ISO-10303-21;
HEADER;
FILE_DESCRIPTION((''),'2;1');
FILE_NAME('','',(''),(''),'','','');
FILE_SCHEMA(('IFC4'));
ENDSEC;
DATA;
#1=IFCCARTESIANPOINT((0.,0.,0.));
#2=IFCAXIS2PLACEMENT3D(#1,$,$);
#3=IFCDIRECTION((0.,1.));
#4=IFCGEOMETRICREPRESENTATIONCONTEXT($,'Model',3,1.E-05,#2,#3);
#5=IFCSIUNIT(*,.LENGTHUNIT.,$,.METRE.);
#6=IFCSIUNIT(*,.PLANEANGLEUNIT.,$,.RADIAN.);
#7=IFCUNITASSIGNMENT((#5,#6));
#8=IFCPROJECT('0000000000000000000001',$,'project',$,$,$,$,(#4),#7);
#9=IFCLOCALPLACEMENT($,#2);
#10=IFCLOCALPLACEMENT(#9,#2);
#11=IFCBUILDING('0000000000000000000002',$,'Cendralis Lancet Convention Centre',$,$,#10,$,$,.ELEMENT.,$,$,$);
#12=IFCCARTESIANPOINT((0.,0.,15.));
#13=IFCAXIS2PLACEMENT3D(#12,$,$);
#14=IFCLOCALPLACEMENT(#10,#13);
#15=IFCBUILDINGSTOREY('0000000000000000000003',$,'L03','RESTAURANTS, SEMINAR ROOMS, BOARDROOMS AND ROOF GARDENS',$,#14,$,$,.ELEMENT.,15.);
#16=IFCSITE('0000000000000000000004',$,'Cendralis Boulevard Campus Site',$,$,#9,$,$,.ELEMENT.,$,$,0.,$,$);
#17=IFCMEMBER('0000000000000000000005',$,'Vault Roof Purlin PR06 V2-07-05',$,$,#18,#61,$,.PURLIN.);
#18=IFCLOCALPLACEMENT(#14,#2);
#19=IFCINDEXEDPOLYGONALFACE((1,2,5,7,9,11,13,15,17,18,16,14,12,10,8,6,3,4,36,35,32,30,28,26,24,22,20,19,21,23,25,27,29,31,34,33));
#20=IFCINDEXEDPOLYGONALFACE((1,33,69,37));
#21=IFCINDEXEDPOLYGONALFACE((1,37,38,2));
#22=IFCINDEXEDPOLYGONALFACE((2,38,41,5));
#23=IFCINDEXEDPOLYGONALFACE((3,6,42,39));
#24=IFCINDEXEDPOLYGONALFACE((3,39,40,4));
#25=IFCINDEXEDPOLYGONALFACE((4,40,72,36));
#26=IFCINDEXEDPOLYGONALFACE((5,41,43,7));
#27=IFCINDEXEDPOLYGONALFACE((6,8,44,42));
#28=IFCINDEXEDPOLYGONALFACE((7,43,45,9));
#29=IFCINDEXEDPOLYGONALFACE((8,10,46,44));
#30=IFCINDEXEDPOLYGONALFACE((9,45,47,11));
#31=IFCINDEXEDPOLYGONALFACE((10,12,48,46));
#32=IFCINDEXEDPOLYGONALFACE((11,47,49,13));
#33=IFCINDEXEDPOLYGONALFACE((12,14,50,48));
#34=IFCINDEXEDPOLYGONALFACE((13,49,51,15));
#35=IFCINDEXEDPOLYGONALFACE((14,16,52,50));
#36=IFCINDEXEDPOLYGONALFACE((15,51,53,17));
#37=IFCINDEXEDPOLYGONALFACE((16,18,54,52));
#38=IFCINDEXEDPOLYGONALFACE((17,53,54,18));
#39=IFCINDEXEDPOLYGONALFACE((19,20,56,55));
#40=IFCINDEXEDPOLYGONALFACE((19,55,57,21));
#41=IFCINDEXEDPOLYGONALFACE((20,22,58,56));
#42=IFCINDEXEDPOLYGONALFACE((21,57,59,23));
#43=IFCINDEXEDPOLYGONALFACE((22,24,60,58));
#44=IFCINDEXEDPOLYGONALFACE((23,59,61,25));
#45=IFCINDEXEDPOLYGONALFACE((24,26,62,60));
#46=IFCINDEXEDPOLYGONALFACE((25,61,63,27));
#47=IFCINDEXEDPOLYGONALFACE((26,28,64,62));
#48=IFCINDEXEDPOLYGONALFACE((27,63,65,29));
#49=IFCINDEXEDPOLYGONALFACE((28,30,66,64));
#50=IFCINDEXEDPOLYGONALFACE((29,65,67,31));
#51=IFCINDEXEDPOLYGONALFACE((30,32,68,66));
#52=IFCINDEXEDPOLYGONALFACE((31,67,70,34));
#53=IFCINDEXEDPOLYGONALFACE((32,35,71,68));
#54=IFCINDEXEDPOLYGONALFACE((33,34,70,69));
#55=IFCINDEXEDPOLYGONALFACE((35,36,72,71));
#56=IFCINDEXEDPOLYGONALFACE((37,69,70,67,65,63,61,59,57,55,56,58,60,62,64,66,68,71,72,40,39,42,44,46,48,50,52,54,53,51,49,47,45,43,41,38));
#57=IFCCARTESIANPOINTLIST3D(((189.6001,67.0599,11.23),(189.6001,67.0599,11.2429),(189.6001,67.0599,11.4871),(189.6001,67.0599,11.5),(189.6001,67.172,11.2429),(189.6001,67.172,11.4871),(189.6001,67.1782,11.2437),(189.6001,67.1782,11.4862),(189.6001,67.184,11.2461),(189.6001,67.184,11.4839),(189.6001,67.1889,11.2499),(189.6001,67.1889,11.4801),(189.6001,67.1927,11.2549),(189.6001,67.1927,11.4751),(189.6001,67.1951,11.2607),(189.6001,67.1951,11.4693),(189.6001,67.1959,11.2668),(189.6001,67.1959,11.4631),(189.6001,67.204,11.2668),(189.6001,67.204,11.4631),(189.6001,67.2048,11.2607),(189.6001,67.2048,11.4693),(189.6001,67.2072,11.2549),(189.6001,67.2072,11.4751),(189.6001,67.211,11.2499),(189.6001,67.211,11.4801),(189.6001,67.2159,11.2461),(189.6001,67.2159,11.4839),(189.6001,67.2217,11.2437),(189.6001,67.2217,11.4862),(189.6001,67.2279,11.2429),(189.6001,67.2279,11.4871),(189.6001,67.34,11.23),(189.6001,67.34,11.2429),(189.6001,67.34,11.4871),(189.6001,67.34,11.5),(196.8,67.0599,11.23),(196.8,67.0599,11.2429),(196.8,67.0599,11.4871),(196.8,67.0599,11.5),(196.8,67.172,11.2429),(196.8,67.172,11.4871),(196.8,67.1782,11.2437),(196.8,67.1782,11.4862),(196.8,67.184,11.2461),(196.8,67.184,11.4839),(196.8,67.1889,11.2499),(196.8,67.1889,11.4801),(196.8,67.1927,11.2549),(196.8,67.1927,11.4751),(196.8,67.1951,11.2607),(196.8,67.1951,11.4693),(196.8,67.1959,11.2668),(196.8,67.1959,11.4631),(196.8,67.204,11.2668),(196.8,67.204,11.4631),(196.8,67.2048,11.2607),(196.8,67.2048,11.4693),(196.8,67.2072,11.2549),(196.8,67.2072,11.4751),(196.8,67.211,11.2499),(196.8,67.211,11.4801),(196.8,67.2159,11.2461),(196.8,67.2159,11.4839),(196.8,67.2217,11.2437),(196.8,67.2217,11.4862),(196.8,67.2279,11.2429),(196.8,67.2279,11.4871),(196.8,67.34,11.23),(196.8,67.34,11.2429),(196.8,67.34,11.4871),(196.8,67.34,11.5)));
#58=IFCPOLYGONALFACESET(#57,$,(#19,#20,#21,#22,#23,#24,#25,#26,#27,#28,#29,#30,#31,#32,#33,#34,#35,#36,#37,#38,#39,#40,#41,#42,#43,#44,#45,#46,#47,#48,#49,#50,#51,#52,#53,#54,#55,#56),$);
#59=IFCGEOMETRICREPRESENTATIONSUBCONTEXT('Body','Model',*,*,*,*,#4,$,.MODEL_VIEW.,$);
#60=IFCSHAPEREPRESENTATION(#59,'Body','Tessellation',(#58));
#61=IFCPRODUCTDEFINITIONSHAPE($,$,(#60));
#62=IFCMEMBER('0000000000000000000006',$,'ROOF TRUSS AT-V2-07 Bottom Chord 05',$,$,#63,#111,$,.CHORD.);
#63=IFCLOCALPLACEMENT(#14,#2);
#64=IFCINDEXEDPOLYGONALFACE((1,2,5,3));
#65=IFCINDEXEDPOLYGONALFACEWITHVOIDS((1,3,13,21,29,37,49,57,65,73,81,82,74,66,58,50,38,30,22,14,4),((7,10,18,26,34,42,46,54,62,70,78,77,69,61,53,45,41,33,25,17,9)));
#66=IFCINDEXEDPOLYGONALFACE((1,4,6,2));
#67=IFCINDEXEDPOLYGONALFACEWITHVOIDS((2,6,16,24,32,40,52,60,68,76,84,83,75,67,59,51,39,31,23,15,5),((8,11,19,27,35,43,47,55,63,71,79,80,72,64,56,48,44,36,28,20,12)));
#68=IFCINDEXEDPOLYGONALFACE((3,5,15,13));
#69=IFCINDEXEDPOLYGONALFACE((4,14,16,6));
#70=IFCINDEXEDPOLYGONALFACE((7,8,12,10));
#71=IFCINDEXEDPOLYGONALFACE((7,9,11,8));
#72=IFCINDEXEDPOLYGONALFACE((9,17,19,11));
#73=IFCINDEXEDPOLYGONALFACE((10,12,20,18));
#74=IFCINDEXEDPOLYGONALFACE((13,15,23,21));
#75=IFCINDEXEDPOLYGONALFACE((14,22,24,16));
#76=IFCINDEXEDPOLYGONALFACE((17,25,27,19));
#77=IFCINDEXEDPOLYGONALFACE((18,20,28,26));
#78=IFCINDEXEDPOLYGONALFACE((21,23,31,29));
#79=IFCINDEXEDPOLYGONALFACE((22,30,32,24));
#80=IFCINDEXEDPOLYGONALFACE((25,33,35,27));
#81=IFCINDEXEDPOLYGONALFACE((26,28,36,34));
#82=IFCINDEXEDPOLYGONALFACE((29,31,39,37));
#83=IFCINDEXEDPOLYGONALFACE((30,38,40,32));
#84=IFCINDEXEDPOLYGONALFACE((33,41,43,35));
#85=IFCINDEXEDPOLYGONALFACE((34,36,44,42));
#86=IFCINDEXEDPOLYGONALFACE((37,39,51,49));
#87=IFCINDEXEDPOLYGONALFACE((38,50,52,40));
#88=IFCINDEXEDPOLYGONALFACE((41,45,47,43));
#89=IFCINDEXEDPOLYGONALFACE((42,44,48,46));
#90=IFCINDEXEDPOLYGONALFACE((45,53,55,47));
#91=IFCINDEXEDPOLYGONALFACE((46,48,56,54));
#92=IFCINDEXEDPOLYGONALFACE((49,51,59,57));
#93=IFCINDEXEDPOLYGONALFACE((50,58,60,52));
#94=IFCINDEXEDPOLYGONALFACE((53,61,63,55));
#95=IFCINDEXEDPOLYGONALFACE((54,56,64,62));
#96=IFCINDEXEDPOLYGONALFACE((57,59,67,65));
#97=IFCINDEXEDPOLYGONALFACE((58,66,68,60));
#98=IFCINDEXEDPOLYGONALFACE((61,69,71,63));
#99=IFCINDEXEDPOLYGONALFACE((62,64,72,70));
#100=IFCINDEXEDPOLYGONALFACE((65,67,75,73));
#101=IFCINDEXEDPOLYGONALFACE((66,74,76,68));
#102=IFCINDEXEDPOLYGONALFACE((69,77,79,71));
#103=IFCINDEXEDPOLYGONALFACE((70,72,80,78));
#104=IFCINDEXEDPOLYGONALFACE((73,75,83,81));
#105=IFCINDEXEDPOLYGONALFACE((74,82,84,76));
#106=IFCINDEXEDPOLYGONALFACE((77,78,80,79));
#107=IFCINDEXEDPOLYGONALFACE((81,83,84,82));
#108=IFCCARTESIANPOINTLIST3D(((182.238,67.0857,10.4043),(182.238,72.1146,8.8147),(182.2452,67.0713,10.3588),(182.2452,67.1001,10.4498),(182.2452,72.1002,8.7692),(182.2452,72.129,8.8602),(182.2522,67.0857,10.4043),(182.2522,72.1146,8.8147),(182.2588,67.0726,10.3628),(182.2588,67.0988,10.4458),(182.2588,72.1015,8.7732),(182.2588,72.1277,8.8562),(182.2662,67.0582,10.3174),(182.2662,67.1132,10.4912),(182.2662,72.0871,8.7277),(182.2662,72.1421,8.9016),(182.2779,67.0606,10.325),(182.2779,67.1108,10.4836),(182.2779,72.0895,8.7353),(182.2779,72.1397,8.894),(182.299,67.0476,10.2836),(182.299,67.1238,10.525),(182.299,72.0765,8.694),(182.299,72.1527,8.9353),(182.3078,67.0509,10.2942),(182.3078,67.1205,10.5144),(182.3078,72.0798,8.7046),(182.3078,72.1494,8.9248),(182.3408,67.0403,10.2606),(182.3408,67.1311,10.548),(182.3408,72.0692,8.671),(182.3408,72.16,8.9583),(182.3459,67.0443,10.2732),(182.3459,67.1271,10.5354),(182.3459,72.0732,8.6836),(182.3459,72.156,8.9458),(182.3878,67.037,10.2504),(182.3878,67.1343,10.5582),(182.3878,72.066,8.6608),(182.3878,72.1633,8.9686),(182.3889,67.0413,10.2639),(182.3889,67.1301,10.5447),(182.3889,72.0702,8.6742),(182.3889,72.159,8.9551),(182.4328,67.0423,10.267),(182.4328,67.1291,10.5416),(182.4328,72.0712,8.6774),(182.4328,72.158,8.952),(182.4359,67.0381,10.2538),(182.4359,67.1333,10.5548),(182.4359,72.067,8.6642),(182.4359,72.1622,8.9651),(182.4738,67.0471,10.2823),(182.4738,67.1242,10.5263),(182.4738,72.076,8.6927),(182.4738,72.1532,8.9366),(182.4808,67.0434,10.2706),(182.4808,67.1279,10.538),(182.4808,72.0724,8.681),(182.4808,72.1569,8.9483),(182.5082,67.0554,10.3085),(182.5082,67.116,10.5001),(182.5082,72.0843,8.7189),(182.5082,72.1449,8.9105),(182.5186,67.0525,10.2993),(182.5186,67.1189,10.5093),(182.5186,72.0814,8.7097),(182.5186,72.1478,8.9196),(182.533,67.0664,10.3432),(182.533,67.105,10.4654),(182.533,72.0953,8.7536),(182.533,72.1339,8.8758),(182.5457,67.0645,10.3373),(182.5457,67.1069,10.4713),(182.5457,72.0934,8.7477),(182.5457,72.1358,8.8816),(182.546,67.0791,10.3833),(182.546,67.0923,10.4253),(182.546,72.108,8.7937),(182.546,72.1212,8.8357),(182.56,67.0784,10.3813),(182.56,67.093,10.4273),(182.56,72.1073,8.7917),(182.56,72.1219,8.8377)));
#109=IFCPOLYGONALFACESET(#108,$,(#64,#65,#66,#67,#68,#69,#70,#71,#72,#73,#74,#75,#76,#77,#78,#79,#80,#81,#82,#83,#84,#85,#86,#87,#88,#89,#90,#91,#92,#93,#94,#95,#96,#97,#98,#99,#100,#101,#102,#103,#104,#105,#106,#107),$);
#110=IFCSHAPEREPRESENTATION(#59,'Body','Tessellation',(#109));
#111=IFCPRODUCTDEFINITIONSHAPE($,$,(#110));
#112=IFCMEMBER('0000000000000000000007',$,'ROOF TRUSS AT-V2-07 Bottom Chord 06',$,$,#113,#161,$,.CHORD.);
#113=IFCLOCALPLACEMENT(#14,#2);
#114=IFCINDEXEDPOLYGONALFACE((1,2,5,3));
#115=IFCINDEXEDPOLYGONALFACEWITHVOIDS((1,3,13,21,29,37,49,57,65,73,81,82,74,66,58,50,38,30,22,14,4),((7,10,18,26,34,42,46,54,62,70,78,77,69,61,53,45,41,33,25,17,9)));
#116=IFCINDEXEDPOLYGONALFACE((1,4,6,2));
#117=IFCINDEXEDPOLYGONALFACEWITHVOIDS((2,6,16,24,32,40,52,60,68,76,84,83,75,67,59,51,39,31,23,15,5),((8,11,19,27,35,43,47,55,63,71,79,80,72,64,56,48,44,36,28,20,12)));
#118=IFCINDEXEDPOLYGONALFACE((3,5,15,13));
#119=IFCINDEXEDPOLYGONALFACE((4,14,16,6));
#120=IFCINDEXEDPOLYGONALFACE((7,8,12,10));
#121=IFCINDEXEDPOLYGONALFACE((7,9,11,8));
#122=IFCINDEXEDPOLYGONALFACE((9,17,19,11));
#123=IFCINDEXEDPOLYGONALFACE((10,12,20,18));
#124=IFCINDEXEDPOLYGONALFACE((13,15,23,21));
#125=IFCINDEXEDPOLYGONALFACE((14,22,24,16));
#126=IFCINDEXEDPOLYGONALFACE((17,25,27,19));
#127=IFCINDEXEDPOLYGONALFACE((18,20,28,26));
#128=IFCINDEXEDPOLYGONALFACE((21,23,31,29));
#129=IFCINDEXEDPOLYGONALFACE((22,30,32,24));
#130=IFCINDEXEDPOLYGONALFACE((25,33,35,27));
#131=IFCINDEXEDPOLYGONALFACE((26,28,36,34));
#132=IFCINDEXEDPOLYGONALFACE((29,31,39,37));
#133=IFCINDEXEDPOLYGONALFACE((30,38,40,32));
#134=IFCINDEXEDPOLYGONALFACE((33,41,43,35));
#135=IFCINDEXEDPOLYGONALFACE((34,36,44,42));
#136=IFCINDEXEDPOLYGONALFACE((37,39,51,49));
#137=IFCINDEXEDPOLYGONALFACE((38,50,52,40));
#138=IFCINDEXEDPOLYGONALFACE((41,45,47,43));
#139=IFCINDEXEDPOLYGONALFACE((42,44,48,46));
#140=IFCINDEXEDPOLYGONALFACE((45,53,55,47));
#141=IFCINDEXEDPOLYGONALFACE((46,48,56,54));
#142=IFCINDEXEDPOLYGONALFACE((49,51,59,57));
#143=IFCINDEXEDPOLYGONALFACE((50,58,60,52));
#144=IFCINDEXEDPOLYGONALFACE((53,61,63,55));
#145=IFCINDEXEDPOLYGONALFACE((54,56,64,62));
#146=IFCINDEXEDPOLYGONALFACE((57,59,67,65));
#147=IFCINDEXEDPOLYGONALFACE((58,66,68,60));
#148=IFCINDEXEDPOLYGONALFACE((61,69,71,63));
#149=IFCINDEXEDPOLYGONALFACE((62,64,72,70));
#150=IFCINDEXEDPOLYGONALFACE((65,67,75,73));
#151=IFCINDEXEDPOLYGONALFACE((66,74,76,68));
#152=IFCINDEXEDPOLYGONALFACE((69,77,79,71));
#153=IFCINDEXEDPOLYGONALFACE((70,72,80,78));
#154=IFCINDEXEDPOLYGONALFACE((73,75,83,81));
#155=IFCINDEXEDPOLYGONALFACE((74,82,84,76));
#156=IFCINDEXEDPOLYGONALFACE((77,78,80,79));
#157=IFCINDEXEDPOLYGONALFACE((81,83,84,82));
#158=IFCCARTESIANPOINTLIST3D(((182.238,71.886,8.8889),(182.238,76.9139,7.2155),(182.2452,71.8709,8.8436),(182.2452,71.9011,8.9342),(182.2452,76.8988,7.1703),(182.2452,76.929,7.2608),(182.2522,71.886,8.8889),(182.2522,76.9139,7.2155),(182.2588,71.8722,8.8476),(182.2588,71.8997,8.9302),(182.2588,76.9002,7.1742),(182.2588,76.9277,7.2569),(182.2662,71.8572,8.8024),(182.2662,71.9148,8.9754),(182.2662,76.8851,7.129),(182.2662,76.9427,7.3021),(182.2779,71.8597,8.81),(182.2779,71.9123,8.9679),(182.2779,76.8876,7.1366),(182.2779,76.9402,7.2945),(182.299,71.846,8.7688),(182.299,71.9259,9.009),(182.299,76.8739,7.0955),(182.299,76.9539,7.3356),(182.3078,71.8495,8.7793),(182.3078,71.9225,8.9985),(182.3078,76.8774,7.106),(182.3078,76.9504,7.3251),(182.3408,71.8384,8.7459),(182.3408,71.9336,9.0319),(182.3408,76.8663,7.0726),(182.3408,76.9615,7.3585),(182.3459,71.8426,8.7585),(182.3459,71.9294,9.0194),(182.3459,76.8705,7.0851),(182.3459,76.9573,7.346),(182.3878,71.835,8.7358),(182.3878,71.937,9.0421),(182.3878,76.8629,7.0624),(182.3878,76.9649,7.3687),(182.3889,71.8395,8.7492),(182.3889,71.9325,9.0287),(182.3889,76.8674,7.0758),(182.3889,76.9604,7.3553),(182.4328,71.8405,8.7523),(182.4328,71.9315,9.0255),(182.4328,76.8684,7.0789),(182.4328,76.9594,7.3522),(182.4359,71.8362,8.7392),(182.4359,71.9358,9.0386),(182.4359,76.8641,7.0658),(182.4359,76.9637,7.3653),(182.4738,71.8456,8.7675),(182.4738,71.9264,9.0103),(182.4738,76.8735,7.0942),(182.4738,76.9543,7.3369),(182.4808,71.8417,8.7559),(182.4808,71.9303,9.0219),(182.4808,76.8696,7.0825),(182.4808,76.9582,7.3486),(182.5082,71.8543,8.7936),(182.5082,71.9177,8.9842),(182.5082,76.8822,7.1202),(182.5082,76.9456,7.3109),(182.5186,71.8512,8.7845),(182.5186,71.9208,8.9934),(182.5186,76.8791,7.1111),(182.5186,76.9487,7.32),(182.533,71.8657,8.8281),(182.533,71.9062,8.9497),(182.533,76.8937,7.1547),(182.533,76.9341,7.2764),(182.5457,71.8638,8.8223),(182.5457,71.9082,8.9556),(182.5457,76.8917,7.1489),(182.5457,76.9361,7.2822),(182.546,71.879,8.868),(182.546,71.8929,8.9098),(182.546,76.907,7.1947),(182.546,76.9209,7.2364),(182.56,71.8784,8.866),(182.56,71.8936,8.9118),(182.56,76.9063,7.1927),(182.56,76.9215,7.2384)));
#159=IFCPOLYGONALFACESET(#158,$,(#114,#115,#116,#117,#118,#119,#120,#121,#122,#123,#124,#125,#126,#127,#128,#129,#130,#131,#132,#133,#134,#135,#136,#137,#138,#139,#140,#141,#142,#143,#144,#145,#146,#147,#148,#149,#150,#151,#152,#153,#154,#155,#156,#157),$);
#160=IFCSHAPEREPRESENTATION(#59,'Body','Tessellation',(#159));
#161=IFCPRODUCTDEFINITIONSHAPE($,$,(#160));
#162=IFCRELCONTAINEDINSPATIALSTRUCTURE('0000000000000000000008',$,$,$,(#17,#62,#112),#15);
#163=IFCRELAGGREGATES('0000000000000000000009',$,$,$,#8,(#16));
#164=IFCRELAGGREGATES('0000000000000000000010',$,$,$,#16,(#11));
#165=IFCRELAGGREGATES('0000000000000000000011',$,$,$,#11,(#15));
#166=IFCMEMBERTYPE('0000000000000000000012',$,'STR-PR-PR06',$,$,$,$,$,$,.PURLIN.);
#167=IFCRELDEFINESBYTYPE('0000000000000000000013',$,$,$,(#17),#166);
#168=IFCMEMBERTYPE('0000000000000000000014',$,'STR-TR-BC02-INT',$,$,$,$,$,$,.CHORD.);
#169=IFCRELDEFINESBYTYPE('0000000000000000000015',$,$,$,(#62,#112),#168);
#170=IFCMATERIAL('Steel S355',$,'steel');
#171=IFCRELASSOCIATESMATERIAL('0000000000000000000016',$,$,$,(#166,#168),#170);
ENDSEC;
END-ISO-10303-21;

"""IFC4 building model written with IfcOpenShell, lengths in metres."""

from ifc_helpers import new_model, si_unit, direction, frame, origin, origin_2d, place, context, subcontext, project, spatial, hollow_circle, i_section, extrude, material, material_profile, profile_set, type_object, element, save


model = new_model("IFC4")

# Units and contexts
model_context = context("Model", 3, precision=1e-05, world=origin(), true_north=direction((0.0, 1.0)))
body_context = subcontext(model_context, "Body", "Model", "MODEL_VIEW")
ifc_project = project(units=[si_unit("LENGTHUNIT", "METRE"), si_unit("PLANEANGLEUNIT", "RADIAN")], contexts=[model_context])

# Site, building, storey
site_placement = place(None, origin())
site = spatial("IfcSite", under=ifc_project, at=site_placement, Name="Cendralis Boulevard Campus Site", CompositionType="ELEMENT", RefElevation=0.0)
building_placement = place(site_placement, origin())
building = spatial("IfcBuilding", under=site, at=building_placement, Name="Cendralis Lancet Convention Centre", CompositionType="ELEMENT")
storey_placement = place(building_placement, frame((0.0, 0.0, 15.0)))
storey = spatial("IfcBuildingStorey", under=building, at=storey_placement, Name="L03", Description="RESTAURANTS, SEMINAR ROOMS, BOARDROOMS AND ROOF GARDENS", CompositionType="ELEMENT", Elevation=15.0)

# Shared definitions
ifc_material = material(Name="Steel S355", Category="steel")

# Members
ifc_material_profile_1 = material_profile(ifc_material, i_section(OverallWidth=0.28, OverallDepth=0.27, WebThickness=0.0081, FlangeThickness=0.0129, FilletRadius=0.0239, at=origin_2d()), Name="HEA 280")
ifc_profile_set_1 = profile_set([ifc_material_profile_1], Name="Steel S355")
member_type_1 = type_object("IfcMemberType", Name="STR-PR-PR06", PredefinedType="PURLIN", material=ifc_profile_set_1)
member_1_placement = place(storey_placement, frame((189.6001, 67.2, 11.365), z_axis=(1.0, 0.0, 0.0), x_axis=(0.0, 1.0, 0.0)))
element("IfcMember", 1, at=member_1_placement, inside=storey, type_object=member_type_1, Name="Vault Roof Purlin PR06 V2-07-05", PredefinedType="PURLIN", context=body_context, shape_type="SweptSolid", body=[
    extrude(i_section(OverallWidth=0.28, OverallDepth=0.27, WebThickness=0.0081, FlangeThickness=0.0129, FilletRadius=0.0239, at=origin_2d()), origin(), (0.0, 0.0, 1.0), 7.2),
])
ifc_material_profile_2 = material_profile(ifc_material, hollow_circle(Radius=0.1619, WallThickness=0.0142, at=origin_2d()), Name="CHS 323.9x14.2")
ifc_profile_set_2 = profile_set([ifc_material_profile_2], Name="Steel S355")
member_type_2 = type_object("IfcMemberType", Name="STR-TR-BC02-INT", PredefinedType="CHORD", material=ifc_profile_set_2)
member_2_placement = place(storey_placement, frame((182.3999, 67.0857, 10.4043), z_axis=(0.0, 0.953498, -0.301399), x_axis=(-1.0, 0.0, 0.0)))
element("IfcMember", 2, at=member_2_placement, inside=storey, type_object=member_type_2, Name="ROOF TRUSS AT-V2-07 Bottom Chord 05", PredefinedType="CHORD", context=body_context, shape_type="SweptSolid", body=[
    extrude(hollow_circle(Radius=0.1619, WallThickness=0.0142, at=origin_2d()), origin(), (0.0, 0.0, 1.0), 5.2742),
])
member_3_placement = place(storey_placement, frame((182.3999, 71.886, 8.8889), z_axis=(0.0, 0.948831, -0.315785), x_axis=(-1.0, 0.0, 0.0)))
element("IfcMember", 3, at=member_3_placement, inside=storey, type_object=member_type_2, Name="ROOF TRUSS AT-V2-07 Bottom Chord 06", PredefinedType="CHORD", context=body_context, shape_type="SweptSolid", body=[
    extrude(hollow_circle(Radius=0.1619, WallThickness=0.0142, at=origin_2d()), origin(), (0.0, 0.0, 1.0), 5.2991),
])

save(model, "model.ifc")
